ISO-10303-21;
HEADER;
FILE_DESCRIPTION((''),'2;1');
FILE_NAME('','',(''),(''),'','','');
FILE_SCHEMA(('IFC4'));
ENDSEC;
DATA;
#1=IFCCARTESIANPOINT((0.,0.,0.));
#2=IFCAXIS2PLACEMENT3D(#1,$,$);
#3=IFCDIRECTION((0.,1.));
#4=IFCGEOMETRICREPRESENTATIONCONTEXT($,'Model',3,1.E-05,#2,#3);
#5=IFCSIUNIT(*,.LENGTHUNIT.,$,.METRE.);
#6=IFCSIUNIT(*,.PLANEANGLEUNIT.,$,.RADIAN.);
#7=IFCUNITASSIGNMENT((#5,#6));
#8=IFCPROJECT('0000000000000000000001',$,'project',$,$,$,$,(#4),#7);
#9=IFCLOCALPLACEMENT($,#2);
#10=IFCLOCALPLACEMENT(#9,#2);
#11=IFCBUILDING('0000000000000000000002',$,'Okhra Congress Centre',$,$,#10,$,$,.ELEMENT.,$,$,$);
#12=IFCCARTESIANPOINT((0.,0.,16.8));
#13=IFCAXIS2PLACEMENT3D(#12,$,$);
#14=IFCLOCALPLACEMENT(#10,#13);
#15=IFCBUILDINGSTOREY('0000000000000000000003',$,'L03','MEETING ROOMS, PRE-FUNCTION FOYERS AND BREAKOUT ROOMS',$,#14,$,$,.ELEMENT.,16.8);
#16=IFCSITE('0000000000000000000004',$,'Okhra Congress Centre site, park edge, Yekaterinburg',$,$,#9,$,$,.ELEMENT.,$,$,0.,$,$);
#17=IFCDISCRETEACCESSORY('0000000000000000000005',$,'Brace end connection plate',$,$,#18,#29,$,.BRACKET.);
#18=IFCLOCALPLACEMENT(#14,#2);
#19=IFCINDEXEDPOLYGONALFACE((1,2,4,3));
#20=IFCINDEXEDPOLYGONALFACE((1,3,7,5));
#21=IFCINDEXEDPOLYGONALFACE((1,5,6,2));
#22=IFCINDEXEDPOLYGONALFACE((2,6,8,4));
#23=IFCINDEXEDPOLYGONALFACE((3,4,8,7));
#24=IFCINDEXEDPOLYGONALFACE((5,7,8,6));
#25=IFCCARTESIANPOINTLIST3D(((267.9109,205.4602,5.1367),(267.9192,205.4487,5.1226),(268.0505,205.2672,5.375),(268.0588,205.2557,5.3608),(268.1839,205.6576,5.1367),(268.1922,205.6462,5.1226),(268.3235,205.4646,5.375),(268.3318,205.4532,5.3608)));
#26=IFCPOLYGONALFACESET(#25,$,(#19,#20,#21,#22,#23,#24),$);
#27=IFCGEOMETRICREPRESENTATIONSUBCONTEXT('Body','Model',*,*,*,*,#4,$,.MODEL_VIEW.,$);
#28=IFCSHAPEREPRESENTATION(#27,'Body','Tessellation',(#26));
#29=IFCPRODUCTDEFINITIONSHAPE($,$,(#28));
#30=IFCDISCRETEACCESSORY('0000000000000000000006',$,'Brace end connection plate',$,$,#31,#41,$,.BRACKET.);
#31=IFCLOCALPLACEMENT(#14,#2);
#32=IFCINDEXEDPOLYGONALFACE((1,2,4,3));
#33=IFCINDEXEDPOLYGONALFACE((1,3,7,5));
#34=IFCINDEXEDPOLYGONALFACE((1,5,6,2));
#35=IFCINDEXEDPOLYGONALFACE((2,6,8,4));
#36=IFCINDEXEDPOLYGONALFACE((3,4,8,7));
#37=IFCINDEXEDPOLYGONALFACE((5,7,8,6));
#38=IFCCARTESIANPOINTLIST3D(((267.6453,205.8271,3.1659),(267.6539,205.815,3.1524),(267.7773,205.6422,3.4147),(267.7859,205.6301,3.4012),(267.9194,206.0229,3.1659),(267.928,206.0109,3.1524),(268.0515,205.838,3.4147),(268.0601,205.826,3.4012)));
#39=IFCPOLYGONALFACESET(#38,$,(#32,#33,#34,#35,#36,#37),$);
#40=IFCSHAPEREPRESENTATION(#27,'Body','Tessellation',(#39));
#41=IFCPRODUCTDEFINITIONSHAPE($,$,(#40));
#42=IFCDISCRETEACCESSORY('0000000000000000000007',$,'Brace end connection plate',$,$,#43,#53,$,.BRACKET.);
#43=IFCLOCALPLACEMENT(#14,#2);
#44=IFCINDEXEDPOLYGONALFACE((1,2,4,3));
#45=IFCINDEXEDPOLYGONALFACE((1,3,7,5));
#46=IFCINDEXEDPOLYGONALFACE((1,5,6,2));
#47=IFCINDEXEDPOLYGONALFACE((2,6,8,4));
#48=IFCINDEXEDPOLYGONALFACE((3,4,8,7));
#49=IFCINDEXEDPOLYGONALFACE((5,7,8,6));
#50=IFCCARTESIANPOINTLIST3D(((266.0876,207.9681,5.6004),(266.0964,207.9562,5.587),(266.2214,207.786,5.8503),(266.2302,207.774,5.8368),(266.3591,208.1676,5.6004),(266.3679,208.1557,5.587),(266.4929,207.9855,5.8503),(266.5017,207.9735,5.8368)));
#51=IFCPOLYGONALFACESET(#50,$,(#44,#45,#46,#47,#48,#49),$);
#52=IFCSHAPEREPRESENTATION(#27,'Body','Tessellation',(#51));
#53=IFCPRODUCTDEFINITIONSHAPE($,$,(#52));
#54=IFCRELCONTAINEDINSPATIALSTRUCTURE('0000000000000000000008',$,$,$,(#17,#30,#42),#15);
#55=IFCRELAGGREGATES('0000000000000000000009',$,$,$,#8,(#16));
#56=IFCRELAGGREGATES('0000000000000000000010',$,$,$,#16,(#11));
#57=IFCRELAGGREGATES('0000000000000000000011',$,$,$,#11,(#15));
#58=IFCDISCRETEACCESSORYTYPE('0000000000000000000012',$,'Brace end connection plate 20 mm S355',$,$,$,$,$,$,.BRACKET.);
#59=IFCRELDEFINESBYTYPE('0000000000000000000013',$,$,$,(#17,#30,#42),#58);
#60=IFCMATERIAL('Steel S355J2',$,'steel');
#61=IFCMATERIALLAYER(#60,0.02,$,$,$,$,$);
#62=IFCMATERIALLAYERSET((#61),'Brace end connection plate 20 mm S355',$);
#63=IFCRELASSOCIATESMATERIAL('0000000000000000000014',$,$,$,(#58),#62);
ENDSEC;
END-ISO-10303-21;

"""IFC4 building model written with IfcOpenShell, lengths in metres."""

from ifc_helpers import new_model, si_unit, direction, frame, origin, origin_2d, place, context, subcontext, project, spatial, rectangle, extrude, material, layer, layer_set, type_object, element, save


model = new_model("IFC4")

# Units and contexts
model_context = context("Model", 3, precision=1e-05, world=origin(), true_north=direction((0.0, 1.0)))
body_context = subcontext(model_context, "Body", "Model", "MODEL_VIEW")
ifc_project = project(units=[si_unit("LENGTHUNIT", "METRE"), si_unit("PLANEANGLEUNIT", "RADIAN")], contexts=[model_context])

# Site, building, storey
site_placement = place(None, origin())
site = spatial("IfcSite", under=ifc_project, at=site_placement, Name="Okhra Congress Centre site, park edge, Yekaterinburg", CompositionType="ELEMENT", RefElevation=0.0)
building_placement = place(site_placement, origin())
building = spatial("IfcBuilding", under=site, at=building_placement, Name="Okhra Congress Centre", CompositionType="ELEMENT")
storey_placement = place(building_placement, frame((0.0, 0.0, 16.8)))
storey = spatial("IfcBuildingStorey", under=building, at=storey_placement, Name="L03", Description="MEETING ROOMS, PRE-FUNCTION FOYERS AND BREAKOUT ROOMS", CompositionType="ELEMENT", Elevation=16.8)

# Shared definitions
ifc_material_1 = material(Name="Steel S355J2", Category="steel")

# Discrete accessories
ifc_layer_1 = layer(ifc_material_1, 0.02)
ifc_layer_set_1 = layer_set([ifc_layer_1], Name="Brace end connection plate 20 mm S355")
discrete_accessory_type = type_object("IfcDiscreteAccessoryType", Name="Brace end connection plate 20 mm S355", PredefinedType="BRACKET", material=ifc_layer_set_1)
for number, where, z_axis, x_axis, name in (
    (1, (268.1255, 205.4509, 5.2417), (-0.41448, 0.572958, 0.707054), (-0.810224, -0.58612, 0.0), "Brace end connection plate"),
    (2, (267.8484, 205.8325, 3.2903), (0.429165, -0.600831, -0.674403), (0.813733, 0.581238, 0.0), "Brace end connection plate"),
    (3, (266.2991, 207.9648, 5.7119), (-0.43909, 0.59765, 0.670831), (-0.805882, -0.592076, 0.0), "Brace end connection plate"),
):
    element("IfcDiscreteAccessory", number, at=place(storey_placement, frame(where, z_axis=z_axis, x_axis=x_axis)), inside=storey, type_object=discrete_accessory_type, Name=name, PredefinedType="BRACKET", context=body_context, shape_type="SweptSolid", body=[
        extrude(rectangle(XDim=0.3369, YDim=0.3369, at=origin_2d()), origin(), (0.0, 0.0, 1.0), 0.02),
    ])

save(model, "model.ifc")
